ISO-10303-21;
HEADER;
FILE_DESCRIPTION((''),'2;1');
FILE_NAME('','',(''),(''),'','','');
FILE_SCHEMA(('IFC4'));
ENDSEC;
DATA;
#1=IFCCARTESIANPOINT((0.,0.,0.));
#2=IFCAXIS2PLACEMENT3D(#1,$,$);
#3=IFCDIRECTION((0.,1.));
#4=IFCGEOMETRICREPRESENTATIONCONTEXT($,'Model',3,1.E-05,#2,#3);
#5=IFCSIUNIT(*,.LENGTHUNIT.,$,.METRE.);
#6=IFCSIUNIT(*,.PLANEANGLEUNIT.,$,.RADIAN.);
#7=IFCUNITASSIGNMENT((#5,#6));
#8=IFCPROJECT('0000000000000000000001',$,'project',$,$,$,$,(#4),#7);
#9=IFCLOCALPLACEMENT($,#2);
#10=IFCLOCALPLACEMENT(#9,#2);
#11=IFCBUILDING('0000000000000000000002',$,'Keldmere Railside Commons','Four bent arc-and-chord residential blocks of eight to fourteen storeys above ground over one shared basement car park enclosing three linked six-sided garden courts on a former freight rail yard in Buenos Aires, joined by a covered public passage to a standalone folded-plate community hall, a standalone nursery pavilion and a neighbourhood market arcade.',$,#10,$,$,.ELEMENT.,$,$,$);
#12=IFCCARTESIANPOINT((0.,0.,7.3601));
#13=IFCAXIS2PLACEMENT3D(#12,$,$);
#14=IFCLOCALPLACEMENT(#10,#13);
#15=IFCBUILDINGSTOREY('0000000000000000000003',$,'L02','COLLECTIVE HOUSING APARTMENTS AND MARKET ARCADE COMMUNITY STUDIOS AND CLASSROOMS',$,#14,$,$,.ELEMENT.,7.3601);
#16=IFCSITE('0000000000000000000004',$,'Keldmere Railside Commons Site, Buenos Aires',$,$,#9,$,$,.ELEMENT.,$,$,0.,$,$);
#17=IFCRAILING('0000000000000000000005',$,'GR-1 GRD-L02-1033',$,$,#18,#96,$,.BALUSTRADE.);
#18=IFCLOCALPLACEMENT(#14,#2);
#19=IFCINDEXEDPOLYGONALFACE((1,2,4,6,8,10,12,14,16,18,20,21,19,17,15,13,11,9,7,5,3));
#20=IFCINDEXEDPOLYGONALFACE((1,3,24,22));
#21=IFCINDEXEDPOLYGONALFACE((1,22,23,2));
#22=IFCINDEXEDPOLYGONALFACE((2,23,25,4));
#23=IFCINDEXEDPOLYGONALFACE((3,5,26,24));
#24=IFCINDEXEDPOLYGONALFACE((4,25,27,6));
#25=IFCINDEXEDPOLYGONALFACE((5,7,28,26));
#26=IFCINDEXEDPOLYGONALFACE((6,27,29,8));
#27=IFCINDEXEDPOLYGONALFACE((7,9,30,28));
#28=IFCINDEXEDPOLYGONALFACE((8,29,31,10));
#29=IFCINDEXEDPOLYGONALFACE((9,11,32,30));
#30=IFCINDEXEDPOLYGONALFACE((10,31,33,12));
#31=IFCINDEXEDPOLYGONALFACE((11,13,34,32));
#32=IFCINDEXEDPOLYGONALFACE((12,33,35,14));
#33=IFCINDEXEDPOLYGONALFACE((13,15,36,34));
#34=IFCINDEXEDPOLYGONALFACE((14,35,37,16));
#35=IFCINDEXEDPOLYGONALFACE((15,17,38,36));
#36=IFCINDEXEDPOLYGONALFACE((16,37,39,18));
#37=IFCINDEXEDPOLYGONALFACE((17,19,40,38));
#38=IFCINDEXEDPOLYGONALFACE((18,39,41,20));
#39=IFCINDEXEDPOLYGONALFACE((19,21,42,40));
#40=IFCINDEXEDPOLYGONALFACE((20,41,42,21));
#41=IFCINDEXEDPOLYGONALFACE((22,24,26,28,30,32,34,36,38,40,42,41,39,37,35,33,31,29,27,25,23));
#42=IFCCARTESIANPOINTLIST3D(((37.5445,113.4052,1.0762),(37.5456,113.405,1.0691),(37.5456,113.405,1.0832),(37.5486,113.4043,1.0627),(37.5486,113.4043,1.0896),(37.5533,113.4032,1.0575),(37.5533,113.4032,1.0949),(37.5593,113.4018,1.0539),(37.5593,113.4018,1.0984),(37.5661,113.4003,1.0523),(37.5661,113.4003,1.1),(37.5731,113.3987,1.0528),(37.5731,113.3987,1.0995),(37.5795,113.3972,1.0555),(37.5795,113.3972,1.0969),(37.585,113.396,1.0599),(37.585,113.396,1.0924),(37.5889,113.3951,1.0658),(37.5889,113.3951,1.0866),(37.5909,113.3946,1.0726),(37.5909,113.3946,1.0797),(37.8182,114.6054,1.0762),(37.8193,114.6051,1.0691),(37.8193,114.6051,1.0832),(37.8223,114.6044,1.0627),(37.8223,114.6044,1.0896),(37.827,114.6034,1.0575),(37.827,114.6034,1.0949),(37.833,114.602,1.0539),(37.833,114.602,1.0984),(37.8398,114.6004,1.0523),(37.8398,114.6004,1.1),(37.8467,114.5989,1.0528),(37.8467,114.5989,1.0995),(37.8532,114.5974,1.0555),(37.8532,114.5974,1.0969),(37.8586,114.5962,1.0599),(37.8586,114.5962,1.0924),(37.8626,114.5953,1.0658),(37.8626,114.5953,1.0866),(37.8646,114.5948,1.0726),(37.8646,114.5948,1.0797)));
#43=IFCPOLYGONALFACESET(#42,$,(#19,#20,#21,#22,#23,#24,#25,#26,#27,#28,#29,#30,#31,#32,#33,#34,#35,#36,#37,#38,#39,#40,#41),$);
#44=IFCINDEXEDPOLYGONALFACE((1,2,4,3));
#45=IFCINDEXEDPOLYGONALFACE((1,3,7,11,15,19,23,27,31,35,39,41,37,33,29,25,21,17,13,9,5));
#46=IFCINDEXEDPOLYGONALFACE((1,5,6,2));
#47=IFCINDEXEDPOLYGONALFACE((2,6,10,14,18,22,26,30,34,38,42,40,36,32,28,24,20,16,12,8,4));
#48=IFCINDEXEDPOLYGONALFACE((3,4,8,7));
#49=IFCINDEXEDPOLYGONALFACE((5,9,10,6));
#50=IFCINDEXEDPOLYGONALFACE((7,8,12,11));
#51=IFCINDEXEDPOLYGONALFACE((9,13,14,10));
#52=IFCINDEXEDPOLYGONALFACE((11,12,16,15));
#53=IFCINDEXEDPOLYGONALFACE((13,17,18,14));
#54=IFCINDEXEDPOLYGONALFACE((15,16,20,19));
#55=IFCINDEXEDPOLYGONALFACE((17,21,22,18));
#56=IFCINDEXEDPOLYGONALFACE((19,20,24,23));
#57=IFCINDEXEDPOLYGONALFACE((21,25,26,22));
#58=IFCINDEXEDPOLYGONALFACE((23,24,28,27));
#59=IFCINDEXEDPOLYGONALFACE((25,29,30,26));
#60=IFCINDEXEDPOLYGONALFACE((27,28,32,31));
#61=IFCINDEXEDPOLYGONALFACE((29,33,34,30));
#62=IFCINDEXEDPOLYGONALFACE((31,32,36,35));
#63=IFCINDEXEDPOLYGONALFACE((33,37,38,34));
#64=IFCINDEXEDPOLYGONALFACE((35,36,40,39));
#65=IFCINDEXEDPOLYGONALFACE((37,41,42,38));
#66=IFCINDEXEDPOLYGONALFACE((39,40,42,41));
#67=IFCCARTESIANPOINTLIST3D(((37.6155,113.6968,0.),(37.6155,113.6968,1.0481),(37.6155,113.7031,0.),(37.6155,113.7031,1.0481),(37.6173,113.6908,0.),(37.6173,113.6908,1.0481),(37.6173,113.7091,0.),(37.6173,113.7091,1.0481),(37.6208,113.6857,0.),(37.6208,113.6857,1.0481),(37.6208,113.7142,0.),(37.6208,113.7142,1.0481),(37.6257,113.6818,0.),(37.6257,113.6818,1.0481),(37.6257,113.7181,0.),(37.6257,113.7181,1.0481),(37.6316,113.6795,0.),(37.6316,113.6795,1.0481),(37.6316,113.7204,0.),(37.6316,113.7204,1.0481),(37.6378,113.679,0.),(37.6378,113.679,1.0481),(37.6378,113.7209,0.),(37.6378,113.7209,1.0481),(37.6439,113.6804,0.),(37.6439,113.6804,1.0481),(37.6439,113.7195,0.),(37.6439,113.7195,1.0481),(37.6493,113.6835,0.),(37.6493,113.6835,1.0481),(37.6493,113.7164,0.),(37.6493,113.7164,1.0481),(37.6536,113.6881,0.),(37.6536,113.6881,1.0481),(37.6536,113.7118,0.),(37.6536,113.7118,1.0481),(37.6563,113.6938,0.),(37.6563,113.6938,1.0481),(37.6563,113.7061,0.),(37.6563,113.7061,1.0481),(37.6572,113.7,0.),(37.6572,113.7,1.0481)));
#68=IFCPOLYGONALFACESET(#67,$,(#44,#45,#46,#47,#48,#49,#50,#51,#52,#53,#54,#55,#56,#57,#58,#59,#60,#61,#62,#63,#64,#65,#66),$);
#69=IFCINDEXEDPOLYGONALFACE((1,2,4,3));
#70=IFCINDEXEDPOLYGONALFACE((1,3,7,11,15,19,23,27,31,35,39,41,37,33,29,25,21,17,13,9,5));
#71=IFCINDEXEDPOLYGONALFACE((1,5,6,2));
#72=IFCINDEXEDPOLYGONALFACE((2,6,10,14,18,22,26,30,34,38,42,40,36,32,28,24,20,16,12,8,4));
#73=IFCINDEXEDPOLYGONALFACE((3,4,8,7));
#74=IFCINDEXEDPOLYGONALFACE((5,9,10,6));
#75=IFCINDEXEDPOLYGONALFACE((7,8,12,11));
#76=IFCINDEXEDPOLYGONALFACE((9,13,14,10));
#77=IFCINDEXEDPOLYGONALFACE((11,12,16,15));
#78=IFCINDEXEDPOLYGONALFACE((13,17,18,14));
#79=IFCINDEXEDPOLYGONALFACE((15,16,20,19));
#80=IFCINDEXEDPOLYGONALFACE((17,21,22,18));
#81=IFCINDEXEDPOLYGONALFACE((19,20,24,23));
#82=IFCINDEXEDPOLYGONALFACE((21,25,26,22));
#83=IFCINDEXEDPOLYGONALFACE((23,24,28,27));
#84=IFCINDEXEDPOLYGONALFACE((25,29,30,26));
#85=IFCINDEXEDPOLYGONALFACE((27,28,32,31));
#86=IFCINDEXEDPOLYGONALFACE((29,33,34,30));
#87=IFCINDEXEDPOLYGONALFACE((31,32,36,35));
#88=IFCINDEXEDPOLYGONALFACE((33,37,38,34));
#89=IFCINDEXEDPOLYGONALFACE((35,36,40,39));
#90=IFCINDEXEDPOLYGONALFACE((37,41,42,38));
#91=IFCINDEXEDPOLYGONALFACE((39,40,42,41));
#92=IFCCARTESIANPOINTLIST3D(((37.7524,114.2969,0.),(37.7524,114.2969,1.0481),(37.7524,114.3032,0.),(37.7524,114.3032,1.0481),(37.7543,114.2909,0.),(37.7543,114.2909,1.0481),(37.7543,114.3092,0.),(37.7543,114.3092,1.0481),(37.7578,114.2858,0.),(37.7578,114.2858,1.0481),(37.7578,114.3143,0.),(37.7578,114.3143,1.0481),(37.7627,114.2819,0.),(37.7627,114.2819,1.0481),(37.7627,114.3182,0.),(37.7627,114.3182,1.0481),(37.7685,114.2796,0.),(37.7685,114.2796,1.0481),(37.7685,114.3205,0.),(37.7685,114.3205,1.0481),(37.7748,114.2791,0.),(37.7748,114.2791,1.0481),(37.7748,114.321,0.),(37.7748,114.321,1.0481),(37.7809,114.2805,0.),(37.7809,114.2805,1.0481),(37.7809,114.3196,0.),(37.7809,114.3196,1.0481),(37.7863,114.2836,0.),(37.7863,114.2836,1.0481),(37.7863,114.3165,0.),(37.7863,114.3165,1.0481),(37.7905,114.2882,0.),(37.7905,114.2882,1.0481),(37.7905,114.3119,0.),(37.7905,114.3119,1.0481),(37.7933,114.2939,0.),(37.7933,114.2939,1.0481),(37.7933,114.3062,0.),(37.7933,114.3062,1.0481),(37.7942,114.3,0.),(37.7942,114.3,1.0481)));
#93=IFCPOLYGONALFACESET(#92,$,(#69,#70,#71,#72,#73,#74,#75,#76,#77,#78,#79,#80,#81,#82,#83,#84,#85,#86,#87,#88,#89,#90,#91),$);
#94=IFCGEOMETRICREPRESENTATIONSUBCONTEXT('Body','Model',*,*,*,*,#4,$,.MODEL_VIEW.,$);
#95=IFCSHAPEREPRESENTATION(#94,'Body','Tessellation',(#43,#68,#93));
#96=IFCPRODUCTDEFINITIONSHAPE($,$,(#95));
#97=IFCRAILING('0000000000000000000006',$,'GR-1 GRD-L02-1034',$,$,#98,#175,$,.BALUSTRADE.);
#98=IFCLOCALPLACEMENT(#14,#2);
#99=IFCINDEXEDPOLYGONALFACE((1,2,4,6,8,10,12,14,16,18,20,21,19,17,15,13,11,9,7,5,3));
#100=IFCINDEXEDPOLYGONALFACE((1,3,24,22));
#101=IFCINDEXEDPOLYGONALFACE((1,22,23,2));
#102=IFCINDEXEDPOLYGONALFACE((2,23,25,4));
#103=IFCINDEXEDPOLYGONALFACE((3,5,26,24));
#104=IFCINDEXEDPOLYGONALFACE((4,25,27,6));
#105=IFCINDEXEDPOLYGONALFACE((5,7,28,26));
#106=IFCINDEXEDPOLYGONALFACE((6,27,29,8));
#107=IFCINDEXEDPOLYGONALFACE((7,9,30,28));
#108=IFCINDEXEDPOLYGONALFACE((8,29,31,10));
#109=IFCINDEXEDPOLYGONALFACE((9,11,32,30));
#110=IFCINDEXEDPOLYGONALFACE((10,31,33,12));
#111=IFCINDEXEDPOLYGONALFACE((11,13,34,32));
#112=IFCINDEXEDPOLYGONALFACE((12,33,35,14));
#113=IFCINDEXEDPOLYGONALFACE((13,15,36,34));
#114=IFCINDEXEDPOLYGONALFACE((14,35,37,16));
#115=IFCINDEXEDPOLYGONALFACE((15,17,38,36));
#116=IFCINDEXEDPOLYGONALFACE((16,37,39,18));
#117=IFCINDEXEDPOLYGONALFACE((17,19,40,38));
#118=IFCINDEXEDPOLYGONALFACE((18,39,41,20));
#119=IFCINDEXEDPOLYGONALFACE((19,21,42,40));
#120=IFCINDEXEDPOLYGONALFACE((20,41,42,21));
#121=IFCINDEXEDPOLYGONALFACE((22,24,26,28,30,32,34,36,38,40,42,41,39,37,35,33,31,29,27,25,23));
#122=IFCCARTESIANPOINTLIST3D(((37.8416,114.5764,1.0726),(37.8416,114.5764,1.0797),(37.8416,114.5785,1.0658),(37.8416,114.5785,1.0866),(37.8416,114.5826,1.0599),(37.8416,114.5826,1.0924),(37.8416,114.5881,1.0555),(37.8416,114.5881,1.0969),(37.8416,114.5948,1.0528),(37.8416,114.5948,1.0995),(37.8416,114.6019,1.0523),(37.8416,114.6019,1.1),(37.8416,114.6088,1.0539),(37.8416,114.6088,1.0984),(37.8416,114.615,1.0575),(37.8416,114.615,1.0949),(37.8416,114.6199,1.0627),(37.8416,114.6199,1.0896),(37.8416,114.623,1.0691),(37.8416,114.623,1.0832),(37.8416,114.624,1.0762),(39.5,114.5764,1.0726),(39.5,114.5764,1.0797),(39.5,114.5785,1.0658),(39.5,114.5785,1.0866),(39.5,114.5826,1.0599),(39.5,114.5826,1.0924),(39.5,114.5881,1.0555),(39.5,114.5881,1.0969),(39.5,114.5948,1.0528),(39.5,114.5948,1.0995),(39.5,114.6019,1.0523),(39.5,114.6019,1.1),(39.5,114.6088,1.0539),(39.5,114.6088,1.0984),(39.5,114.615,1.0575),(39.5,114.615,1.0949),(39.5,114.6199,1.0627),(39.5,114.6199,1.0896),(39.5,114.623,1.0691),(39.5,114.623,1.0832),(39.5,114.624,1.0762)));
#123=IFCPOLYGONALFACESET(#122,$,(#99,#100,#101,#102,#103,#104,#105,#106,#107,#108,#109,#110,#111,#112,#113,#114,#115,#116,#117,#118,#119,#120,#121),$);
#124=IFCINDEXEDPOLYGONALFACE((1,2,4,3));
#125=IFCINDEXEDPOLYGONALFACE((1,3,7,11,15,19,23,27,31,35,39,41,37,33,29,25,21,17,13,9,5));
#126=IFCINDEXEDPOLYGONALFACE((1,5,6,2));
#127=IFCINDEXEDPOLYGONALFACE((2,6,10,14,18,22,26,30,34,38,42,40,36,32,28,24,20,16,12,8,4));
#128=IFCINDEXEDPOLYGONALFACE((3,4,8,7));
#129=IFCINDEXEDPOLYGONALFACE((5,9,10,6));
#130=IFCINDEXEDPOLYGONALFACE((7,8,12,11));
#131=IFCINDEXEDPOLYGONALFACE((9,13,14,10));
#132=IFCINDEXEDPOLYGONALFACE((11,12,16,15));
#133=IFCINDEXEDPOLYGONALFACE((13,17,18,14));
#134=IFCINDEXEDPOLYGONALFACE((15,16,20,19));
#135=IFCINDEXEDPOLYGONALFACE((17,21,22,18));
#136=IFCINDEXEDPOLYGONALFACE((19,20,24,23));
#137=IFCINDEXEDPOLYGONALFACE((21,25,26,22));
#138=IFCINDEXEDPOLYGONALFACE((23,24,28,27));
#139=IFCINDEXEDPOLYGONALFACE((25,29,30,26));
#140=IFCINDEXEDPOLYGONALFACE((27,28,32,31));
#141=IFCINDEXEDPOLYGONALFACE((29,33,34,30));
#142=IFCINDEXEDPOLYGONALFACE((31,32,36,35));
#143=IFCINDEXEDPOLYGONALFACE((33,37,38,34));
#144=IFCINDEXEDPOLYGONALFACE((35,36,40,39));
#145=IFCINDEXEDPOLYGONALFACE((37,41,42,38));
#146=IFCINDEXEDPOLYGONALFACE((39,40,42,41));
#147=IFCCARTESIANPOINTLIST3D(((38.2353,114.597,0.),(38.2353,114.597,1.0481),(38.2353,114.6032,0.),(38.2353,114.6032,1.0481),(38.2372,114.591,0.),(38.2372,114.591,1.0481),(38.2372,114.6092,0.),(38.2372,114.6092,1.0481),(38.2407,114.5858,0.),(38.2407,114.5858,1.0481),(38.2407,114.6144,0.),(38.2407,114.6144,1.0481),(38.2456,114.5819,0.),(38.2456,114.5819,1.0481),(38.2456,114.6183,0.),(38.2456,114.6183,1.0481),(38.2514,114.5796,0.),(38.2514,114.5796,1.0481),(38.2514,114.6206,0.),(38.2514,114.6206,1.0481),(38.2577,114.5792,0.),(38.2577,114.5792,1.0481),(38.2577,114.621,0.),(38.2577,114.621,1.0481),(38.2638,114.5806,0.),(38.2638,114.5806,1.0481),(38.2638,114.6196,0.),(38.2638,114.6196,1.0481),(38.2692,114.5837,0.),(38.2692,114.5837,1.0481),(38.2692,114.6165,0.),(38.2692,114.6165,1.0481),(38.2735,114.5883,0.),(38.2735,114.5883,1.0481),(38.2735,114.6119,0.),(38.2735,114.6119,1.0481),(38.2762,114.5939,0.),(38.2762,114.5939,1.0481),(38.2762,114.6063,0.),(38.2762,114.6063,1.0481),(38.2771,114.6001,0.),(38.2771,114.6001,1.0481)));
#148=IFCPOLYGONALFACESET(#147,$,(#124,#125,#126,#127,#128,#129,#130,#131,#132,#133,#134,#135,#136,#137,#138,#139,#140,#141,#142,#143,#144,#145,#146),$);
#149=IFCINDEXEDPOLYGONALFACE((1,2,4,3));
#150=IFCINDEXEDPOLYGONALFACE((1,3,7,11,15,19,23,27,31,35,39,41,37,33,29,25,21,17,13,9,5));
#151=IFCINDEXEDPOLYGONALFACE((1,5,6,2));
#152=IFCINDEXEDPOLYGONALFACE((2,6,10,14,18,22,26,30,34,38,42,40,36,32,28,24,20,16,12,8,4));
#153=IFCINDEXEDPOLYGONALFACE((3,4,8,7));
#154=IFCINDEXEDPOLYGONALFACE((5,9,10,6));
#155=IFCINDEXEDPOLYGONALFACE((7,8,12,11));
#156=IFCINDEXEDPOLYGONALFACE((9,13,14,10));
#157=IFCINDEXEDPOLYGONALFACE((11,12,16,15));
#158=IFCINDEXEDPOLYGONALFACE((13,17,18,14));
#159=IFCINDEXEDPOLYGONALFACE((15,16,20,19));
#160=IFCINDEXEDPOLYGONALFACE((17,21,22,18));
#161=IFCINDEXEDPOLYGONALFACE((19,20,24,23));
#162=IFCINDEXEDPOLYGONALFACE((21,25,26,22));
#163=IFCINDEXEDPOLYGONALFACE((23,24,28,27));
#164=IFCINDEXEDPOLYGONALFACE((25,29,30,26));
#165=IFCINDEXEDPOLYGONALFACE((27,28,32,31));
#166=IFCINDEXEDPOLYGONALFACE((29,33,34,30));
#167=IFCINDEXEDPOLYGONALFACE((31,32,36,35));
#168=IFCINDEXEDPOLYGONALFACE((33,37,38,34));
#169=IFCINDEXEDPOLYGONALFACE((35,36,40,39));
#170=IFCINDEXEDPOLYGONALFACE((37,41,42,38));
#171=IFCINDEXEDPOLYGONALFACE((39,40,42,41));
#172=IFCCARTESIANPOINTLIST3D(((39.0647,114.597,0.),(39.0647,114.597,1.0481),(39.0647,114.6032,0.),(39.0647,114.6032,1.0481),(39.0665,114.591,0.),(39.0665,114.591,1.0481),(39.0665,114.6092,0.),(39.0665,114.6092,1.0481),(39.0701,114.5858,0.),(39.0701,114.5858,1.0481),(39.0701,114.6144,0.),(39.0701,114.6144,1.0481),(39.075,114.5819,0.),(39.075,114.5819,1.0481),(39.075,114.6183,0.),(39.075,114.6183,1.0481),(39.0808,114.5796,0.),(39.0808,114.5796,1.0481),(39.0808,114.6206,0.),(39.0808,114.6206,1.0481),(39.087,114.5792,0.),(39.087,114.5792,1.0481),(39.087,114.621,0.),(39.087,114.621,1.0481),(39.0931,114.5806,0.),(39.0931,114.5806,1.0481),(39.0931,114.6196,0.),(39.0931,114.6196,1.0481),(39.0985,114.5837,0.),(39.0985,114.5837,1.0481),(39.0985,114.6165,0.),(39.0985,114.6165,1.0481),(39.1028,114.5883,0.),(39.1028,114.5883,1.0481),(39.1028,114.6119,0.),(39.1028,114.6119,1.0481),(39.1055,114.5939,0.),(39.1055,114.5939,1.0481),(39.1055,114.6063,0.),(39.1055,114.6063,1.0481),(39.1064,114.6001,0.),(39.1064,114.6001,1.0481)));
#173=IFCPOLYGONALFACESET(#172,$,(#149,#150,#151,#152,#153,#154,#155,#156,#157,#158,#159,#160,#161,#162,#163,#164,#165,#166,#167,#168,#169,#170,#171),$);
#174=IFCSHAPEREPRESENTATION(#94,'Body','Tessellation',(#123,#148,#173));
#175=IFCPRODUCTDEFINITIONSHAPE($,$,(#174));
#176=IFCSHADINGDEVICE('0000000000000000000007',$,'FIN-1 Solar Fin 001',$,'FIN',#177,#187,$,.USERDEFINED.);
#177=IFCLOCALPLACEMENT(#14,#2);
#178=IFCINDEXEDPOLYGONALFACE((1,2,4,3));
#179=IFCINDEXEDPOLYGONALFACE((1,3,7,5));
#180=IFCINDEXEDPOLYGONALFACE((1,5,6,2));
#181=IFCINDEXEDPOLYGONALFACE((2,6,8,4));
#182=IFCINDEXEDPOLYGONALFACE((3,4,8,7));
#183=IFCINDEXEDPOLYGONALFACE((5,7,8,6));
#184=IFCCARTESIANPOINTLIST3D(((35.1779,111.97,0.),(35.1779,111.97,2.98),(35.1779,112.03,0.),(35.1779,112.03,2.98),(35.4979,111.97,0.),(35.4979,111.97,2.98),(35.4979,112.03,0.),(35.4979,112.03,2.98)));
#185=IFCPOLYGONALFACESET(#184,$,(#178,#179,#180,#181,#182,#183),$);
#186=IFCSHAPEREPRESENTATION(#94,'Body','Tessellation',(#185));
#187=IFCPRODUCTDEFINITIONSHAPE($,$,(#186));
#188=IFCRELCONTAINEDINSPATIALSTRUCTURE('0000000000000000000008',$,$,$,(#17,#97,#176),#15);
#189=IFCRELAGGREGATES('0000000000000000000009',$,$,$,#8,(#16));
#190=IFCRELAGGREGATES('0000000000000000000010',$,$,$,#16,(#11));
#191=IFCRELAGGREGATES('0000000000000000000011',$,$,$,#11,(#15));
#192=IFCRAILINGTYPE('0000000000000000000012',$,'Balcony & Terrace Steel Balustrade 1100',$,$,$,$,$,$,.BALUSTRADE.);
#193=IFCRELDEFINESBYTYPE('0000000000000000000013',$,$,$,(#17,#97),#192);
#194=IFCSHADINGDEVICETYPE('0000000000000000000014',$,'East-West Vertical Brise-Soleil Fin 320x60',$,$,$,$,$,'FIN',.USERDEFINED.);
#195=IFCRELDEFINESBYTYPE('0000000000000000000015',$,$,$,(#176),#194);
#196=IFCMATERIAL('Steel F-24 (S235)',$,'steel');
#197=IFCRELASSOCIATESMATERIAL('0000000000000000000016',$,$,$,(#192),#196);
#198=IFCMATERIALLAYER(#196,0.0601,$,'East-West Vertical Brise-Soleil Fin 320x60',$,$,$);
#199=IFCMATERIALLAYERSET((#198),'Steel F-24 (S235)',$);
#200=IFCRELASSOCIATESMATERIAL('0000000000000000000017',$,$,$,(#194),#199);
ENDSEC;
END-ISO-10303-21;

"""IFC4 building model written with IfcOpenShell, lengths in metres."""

from ifc_helpers import new_model, si_unit, direction, frame, origin, origin_2d, place, context, subcontext, project, spatial, rectangle, circle, extrude, material, layer, layer_set, type_object, element, save


model = new_model("IFC4")

# Units and contexts
model_context = context("Model", 3, precision=1e-05, world=origin(), true_north=direction((0.0, 1.0)))
body_context = subcontext(model_context, "Body", "Model", "MODEL_VIEW")
ifc_project = project(units=[si_unit("LENGTHUNIT", "METRE"), si_unit("PLANEANGLEUNIT", "RADIAN")], contexts=[model_context])

# Site, building, storey
site_placement = place(None, origin())
site = spatial("IfcSite", under=ifc_project, at=site_placement, Name="Keldmere Railside Commons Site, Buenos Aires", CompositionType="ELEMENT", RefElevation=0.0)
building_placement = place(site_placement, origin())
building = spatial("IfcBuilding", under=site, at=building_placement, Name="Keldmere Railside Commons", Description="Four bent arc-and-chord residential blocks of eight to fourteen storeys above ground over one shared basement car park enclosing three linked six-sided garden courts on a former freight rail yard in Buenos Aires, joined by a covered public passage to a standalone folded-plate community hall, a standalone nursery pavilion and a neighbourhood market arcade.", CompositionType="ELEMENT")
storey_placement = place(building_placement, frame((0.0, 0.0, 7.3601)))
storey = spatial("IfcBuildingStorey", under=building, at=storey_placement, Name="L02", Description="COLLECTIVE HOUSING APARTMENTS AND MARKET ARCADE COMMUNITY STUDIOS AND CLASSROOMS", CompositionType="ELEMENT", Elevation=7.3601)

# Railings
ifc_material_1 = material(Name="Steel F-24 (S235)", Category="steel")
railing_type = type_object("IfcRailingType", Name="Balcony & Terrace Steel Balustrade 1100", PredefinedType="BALUSTRADE", material=ifc_material_1)
railing_1_placement = place(storey_placement, frame((37.5679, 113.3999, 0.0)))
element("IfcRailing", 1, at=railing_1_placement, inside=storey, type_object=railing_type, Name="GR-1 GRD-L02-1033", PredefinedType="BALUSTRADE", context=body_context, shape_type="SweptSolid", body=[
    extrude(circle(Radius=0.0239, at=origin_2d()), frame((0.0, 0.0, 1.0762), z_axis=(0.222324, 0.974973, 0.0), x_axis=(-0.974973, 0.222324, 0.0)), (0.0, 0.0, 1.0), 1.231),
    extrude(circle(Radius=0.021, at=origin_2d()), frame((0.0684, 0.3, 0.0)), (0.0, 0.0, 1.0), 1.0481),
    extrude(circle(Radius=0.021, at=origin_2d()), frame((0.2053, 0.9001, 0.0)), (0.0, 0.0, 1.0), 1.0481),
])
railing_2_placement = place(storey_placement, frame((37.8416, 114.6001, 0.0)))
element("IfcRailing", 2, at=railing_2_placement, inside=storey, type_object=railing_type, Name="GR-1 GRD-L02-1034", PredefinedType="BALUSTRADE", context=body_context, shape_type="SweptSolid", body=[
    extrude(circle(Radius=0.0239, at=origin_2d()), frame((0.0, 0.0, 1.0762), z_axis=(1.0, 0.0, 0.0), x_axis=(0.0, 1.0, 0.0)), (0.0, 0.0, 1.0), 1.6584),
    extrude(circle(Radius=0.021, at=origin_2d()), frame((0.4146, 0.0, 0.0)), (0.0, 0.0, 1.0), 1.0481),
    extrude(circle(Radius=0.021, at=origin_2d()), frame((1.2439, 0.0, 0.0)), (0.0, 0.0, 1.0), 1.0481),
])

# Shading device
ifc_layer_1 = layer(ifc_material_1, 0.0601, Name="East-West Vertical Brise-Soleil Fin 320x60")
ifc_layer_set_1 = layer_set([ifc_layer_1], Name="Steel F-24 (S235)")
shading_device_type = type_object("IfcShadingDeviceType", Name="East-West Vertical Brise-Soleil Fin 320x60", ElementType="FIN", PredefinedType="USERDEFINED", material=ifc_layer_set_1)
shading_device_placement = place(storey_placement, frame((35.3379, 112.0, 0.0), z_axis=(0.0, 0.0, 1.0), x_axis=(1.0, 0.0, 0.0)))
element("IfcShadingDevice", 3, at=shading_device_placement, inside=storey, type_object=shading_device_type, Name="FIN-1 Solar Fin 001", ObjectType="FIN", PredefinedType="USERDEFINED", context=body_context, shape_type="SweptSolid", body=[
    extrude(rectangle(XDim=0.3201, YDim=0.0601, at=origin_2d()), origin(), (0.0, 0.0, 1.0), 2.98),
])

save(model, "model.ifc")
